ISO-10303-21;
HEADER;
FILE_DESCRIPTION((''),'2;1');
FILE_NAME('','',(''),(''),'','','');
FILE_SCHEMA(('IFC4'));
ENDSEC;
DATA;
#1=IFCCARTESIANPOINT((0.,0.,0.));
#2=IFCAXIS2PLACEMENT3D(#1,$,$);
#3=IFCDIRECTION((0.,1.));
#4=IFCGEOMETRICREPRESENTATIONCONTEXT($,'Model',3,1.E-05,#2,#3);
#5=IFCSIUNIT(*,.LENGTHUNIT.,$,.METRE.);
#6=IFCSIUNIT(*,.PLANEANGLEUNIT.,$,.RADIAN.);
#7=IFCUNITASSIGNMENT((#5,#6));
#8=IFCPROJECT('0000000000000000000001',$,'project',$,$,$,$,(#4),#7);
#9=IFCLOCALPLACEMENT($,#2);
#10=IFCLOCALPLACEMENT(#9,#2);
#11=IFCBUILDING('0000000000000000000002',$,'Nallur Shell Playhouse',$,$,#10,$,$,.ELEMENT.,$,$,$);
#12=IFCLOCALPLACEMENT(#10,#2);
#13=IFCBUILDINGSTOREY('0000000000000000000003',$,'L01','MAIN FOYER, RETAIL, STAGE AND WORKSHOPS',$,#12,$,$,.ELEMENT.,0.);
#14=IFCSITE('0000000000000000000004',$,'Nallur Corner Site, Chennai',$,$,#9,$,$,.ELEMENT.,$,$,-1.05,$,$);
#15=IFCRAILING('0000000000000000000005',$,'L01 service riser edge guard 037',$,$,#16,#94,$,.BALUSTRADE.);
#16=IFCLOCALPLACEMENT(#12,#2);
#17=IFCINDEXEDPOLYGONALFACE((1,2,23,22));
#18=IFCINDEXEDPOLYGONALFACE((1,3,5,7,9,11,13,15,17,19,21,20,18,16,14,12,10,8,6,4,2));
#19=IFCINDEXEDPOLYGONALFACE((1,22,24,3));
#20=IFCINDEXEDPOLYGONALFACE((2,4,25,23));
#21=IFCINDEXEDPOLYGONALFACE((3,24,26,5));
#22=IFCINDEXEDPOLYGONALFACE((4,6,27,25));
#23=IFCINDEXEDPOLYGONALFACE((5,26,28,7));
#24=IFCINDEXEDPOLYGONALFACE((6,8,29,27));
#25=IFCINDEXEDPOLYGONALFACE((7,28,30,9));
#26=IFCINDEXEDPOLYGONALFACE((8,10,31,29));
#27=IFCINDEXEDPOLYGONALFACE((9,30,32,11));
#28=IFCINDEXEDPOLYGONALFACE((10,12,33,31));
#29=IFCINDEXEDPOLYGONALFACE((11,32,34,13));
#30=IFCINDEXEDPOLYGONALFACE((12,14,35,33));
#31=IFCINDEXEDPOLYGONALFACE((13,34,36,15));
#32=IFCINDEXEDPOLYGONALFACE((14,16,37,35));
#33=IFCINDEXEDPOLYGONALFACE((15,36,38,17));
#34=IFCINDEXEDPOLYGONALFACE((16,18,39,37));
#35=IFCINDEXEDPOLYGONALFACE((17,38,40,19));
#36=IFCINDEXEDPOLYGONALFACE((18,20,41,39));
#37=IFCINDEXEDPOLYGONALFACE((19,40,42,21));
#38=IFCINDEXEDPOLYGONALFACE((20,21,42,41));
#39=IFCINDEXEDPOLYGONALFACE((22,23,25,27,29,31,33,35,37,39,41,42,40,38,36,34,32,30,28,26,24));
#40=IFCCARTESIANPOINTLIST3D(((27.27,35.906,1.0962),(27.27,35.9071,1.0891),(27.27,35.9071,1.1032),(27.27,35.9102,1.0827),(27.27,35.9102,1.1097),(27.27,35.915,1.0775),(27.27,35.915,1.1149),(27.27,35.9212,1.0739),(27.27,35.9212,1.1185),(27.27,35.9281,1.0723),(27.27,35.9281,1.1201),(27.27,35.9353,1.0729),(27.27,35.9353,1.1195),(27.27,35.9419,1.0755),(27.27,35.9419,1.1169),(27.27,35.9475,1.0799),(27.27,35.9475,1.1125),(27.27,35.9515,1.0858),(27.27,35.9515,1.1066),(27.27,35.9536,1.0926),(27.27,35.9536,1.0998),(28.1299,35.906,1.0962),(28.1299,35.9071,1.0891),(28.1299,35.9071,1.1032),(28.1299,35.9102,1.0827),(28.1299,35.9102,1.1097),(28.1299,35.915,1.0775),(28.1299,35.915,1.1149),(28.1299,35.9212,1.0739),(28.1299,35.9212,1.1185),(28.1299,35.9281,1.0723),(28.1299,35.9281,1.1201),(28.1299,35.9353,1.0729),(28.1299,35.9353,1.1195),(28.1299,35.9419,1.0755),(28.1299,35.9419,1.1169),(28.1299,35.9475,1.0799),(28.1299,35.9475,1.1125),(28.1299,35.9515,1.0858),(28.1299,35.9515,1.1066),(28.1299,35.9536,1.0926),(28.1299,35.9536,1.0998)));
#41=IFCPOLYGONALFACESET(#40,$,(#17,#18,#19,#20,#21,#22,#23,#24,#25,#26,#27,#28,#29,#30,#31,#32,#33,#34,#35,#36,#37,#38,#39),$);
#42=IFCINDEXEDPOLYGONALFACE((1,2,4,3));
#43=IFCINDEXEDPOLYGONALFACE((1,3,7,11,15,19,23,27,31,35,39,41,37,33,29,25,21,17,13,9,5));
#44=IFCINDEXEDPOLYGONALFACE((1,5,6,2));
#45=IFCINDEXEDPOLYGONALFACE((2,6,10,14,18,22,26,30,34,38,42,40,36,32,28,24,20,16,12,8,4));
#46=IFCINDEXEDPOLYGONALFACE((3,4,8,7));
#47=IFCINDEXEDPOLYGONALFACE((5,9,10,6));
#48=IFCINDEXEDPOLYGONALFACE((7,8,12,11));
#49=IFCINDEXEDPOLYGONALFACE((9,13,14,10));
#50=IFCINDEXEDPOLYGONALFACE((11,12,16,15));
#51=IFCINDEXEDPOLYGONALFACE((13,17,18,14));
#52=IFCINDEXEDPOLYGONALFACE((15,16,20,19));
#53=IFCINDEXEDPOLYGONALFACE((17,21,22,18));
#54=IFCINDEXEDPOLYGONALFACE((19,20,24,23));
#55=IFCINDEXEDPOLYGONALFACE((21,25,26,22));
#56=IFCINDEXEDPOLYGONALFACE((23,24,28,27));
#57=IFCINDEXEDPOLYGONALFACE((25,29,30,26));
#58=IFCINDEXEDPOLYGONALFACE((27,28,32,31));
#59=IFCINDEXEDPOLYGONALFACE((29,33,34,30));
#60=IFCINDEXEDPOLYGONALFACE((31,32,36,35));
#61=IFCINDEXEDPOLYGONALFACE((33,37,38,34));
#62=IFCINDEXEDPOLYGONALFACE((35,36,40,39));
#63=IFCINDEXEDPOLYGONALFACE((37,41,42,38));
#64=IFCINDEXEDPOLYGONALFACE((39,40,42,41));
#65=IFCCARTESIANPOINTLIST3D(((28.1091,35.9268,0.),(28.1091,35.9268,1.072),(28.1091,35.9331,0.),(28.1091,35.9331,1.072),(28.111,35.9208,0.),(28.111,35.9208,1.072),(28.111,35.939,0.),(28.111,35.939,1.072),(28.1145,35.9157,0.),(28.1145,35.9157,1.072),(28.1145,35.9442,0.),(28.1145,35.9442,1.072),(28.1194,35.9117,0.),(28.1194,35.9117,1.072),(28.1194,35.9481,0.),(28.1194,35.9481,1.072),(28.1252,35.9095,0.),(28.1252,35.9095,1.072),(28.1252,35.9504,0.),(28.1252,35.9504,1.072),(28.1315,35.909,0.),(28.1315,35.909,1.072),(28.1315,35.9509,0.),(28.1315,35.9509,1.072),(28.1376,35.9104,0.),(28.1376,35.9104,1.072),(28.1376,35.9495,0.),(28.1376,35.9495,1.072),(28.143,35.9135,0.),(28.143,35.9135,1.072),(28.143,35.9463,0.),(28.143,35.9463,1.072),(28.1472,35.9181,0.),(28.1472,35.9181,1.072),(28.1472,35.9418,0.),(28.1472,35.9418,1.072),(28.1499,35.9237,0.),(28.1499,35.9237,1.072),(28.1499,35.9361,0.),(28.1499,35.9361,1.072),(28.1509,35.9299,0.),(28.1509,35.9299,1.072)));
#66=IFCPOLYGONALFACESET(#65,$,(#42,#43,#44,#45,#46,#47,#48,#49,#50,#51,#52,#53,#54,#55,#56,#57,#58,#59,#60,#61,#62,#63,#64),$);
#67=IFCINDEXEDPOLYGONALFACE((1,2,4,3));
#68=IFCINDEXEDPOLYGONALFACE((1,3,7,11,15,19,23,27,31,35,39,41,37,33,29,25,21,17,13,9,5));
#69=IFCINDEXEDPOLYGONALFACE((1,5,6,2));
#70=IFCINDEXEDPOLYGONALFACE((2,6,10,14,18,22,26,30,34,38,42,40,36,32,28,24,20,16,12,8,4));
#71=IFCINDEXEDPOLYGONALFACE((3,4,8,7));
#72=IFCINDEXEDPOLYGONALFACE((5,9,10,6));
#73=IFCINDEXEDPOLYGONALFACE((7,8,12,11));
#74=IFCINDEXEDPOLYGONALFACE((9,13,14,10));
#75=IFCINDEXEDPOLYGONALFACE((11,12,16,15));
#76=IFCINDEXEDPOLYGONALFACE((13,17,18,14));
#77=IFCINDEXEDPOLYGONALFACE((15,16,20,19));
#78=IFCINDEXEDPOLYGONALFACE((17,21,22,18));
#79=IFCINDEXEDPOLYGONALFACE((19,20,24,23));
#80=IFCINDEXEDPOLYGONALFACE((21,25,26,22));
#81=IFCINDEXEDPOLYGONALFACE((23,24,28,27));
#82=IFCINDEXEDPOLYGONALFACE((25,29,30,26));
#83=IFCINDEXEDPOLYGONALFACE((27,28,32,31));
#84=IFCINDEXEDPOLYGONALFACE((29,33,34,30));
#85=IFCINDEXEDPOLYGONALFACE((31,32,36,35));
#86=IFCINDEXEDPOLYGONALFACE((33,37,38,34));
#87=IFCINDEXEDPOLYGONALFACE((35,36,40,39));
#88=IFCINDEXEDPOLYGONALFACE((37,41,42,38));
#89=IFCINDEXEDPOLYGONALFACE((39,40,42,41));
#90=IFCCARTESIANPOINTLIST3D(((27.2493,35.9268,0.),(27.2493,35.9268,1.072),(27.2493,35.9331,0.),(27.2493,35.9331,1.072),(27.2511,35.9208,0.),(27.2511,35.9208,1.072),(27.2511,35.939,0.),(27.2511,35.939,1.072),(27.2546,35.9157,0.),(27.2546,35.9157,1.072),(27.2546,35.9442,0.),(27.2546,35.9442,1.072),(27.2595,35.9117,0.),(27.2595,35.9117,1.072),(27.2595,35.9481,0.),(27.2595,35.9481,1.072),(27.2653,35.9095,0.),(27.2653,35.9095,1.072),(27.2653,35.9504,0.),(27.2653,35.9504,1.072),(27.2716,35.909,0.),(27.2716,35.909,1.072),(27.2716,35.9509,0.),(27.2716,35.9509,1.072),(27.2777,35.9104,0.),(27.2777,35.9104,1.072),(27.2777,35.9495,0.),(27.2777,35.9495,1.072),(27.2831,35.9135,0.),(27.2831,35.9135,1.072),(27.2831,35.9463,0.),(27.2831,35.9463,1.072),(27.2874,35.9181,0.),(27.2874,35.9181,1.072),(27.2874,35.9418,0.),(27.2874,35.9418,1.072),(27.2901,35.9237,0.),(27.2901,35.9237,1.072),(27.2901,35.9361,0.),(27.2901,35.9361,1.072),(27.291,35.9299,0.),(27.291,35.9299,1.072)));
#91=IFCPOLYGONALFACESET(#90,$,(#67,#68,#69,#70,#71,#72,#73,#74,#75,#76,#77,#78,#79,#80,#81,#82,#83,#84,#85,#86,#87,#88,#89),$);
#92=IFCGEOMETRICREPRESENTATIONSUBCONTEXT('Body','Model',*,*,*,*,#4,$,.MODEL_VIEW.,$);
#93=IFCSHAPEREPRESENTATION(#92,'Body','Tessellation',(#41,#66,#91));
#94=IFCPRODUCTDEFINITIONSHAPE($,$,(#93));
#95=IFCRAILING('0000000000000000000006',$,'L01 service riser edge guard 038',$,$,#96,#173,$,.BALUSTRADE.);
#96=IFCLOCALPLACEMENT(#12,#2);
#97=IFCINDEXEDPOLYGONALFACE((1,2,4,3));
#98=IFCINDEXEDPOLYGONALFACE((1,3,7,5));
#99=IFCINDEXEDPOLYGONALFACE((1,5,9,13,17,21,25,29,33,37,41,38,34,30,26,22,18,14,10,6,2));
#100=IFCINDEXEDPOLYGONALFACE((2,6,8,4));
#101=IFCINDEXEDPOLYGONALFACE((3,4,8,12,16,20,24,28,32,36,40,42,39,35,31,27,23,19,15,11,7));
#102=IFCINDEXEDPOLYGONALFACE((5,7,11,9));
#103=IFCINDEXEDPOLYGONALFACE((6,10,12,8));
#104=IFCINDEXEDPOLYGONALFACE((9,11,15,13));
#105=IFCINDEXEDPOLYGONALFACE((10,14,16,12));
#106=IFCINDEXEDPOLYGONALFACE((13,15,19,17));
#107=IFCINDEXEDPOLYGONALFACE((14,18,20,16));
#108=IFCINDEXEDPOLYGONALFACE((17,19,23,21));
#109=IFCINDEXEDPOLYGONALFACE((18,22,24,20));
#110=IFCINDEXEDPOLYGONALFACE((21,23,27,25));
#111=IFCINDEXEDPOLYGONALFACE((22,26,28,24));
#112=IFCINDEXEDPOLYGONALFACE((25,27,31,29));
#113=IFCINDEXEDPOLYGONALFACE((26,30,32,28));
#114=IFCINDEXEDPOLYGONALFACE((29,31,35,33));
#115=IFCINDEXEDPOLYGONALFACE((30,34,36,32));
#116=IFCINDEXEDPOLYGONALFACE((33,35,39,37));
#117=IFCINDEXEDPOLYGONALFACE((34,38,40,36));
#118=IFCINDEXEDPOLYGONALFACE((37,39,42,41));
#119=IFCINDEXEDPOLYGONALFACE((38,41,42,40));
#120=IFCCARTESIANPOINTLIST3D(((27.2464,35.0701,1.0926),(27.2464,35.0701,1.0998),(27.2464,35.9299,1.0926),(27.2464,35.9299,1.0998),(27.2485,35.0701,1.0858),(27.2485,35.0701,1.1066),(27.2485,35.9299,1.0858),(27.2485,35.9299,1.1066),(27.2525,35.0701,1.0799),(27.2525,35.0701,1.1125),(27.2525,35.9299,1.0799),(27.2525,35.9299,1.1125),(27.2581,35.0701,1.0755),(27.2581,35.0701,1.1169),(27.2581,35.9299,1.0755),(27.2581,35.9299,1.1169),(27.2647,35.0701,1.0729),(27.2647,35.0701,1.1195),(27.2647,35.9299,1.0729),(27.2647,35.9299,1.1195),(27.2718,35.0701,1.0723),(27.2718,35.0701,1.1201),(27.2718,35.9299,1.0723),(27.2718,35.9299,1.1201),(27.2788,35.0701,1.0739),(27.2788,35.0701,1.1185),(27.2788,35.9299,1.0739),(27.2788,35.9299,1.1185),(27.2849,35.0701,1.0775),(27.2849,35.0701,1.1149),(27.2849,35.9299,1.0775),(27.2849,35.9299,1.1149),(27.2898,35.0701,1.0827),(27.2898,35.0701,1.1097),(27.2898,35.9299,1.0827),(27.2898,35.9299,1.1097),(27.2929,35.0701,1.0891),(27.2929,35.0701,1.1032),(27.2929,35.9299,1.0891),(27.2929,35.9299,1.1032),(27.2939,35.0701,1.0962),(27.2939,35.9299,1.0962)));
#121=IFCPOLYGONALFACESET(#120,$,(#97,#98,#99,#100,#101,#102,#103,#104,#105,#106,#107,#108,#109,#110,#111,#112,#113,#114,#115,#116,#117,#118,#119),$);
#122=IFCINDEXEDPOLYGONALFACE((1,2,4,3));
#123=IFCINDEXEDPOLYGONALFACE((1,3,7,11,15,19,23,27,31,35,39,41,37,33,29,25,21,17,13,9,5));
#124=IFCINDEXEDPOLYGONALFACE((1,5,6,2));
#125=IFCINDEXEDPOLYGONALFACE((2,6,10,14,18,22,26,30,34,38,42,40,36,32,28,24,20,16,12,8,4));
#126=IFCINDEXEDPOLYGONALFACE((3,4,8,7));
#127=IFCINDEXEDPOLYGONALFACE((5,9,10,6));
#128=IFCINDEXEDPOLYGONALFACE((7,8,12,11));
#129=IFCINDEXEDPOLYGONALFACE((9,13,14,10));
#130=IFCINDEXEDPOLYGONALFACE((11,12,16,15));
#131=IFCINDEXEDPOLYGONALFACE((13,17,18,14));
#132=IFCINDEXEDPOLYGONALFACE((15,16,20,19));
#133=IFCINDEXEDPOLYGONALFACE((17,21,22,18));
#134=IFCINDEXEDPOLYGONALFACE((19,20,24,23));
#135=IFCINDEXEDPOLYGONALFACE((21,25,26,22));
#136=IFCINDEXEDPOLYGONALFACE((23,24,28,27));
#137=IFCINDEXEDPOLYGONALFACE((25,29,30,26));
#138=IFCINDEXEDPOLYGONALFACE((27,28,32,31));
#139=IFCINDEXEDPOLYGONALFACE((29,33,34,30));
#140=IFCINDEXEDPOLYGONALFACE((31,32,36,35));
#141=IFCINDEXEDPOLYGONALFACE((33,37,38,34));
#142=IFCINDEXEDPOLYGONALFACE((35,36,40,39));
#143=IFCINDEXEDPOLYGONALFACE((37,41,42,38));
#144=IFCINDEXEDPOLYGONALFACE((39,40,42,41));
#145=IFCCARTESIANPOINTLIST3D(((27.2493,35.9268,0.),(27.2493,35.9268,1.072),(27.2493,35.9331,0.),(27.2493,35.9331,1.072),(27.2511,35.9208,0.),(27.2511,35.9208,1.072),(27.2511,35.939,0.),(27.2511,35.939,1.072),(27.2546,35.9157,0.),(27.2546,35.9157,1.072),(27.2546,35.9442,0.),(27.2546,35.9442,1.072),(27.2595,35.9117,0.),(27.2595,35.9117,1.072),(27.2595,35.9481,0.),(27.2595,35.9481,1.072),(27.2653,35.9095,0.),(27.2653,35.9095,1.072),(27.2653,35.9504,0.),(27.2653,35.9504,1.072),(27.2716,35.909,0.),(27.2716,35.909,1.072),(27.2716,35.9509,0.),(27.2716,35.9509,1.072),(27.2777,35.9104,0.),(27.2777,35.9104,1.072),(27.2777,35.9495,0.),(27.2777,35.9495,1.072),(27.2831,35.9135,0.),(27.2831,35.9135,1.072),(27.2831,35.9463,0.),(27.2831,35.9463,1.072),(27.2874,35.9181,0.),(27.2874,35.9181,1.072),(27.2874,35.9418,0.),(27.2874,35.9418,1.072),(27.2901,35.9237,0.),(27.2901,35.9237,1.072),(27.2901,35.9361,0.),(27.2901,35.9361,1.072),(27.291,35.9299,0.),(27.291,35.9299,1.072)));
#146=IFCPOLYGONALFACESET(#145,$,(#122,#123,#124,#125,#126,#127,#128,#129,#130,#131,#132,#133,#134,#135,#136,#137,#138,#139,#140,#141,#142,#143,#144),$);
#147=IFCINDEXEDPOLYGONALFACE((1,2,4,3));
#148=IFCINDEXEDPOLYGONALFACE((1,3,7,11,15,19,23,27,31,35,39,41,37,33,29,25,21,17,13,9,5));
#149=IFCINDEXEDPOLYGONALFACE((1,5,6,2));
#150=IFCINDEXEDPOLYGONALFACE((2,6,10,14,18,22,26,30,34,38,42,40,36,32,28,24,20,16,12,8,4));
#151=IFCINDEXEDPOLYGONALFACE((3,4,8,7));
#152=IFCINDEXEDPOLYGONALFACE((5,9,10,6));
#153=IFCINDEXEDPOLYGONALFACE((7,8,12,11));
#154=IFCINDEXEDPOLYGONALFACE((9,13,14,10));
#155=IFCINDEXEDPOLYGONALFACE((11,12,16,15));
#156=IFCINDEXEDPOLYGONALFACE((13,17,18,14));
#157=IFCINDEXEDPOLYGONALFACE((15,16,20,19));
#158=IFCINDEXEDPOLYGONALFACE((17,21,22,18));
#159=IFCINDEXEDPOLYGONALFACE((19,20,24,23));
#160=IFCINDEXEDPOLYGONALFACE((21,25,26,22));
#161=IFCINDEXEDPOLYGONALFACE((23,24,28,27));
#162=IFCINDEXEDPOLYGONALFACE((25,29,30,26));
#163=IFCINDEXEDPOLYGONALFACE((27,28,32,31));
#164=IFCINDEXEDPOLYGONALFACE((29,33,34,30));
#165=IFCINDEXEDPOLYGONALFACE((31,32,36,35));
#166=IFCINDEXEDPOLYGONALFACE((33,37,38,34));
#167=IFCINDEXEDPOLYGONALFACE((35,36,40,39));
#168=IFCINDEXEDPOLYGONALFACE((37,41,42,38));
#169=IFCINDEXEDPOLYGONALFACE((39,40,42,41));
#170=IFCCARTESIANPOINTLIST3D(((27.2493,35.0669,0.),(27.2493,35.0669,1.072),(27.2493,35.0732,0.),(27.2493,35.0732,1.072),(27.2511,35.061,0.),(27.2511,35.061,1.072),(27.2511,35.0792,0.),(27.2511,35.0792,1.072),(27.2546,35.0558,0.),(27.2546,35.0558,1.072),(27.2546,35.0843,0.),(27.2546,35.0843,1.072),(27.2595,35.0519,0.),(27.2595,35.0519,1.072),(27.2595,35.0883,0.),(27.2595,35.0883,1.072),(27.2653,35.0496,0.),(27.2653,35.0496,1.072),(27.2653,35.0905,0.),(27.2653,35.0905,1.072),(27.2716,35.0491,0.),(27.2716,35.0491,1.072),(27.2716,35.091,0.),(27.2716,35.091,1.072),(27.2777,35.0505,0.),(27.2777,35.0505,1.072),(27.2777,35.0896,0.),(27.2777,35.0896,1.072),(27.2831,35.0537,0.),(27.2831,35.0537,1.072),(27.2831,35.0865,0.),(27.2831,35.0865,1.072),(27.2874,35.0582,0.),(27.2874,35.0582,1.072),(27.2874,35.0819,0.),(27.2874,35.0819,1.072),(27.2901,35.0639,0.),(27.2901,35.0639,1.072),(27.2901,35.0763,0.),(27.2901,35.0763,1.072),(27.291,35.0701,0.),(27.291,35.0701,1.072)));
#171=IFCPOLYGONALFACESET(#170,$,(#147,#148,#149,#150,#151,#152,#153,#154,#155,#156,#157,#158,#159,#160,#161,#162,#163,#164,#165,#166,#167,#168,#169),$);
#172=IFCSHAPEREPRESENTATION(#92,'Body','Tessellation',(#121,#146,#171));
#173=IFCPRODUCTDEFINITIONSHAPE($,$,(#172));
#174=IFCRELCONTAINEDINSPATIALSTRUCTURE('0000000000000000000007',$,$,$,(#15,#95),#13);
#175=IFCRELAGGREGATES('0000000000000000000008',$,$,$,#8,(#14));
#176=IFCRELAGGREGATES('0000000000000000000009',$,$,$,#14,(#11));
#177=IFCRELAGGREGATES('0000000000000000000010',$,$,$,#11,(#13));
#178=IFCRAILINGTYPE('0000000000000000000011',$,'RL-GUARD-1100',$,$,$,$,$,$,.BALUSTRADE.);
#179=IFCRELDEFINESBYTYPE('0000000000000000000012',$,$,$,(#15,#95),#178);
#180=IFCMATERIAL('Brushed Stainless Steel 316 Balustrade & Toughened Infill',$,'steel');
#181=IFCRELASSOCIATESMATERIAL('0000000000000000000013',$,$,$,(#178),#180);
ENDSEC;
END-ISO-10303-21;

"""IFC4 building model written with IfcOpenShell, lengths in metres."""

from ifc_helpers import new_model, si_unit, direction, frame, origin, origin_2d, place, context, subcontext, project, spatial, circle, extrude, material, type_object, element, save


model = new_model("IFC4")

# Units and contexts
model_context = context("Model", 3, precision=1e-05, world=origin(), true_north=direction((0.0, 1.0)))
body_context = subcontext(model_context, "Body", "Model", "MODEL_VIEW")
ifc_project = project(units=[si_unit("LENGTHUNIT", "METRE"), si_unit("PLANEANGLEUNIT", "RADIAN")], contexts=[model_context])

# Site, building, storey
site_placement = place(None, origin())
site = spatial("IfcSite", under=ifc_project, at=site_placement, Name="Nallur Corner Site, Chennai", CompositionType="ELEMENT", RefElevation=-1.05)
building_placement = place(site_placement, origin())
building = spatial("IfcBuilding", under=site, at=building_placement, Name="Nallur Shell Playhouse", CompositionType="ELEMENT")
storey_placement = place(building_placement, origin())
storey = spatial("IfcBuildingStorey", under=building, at=storey_placement, Name="L01", Description="MAIN FOYER, RETAIL, STAGE AND WORKSHOPS", CompositionType="ELEMENT", Elevation=0.0)

# Railings
ifc_material_1 = material(Name="Brushed Stainless Steel 316 Balustrade & Toughened Infill", Category="steel")
railing_type = type_object("IfcRailingType", Name="RL-GUARD-1100", PredefinedType="BALUSTRADE", material=ifc_material_1)
railing_1_placement = place(storey_placement, frame((28.1299, 35.9299, 0.0)))
element("IfcRailing", 1, at=railing_1_placement, inside=storey, type_object=railing_type, Name="L01 service riser edge guard 037", PredefinedType="BALUSTRADE", context=body_context, shape_type="SweptSolid", body=[
    extrude(circle(Radius=0.0239, at=origin_2d()), frame((0.0, 0.0, 1.0962), z_axis=(-1.0, 0.0, 0.0), x_axis=(0.0, -1.0, 0.0)), (0.0, 0.0, 1.0), 0.8599),
    extrude(circle(Radius=0.021, at=origin_2d()), origin(), (0.0, 0.0, 1.0), 1.072),
    extrude(circle(Radius=0.021, at=origin_2d()), frame((-0.8599, 0.0, 0.0)), (0.0, 0.0, 1.0), 1.072),
])
railing_2_placement = place(storey_placement, frame((27.27, 35.9299, 0.0)))
element("IfcRailing", 2, at=railing_2_placement, inside=storey, type_object=railing_type, Name="L01 service riser edge guard 038", PredefinedType="BALUSTRADE", context=body_context, shape_type="SweptSolid", body=[
    extrude(circle(Radius=0.0239, at=origin_2d()), frame((0.0, 0.0, 1.0962), z_axis=(0.0, -1.0, 0.0), x_axis=(1.0, 0.0, 0.0)), (0.0, 0.0, 1.0), 0.8599),
    extrude(circle(Radius=0.021, at=origin_2d()), origin(), (0.0, 0.0, 1.0), 1.072),
    extrude(circle(Radius=0.021, at=origin_2d()), frame((0.0, -0.8599, 0.0)), (0.0, 0.0, 1.0), 1.072),
])

save(model, "model.ifc")
